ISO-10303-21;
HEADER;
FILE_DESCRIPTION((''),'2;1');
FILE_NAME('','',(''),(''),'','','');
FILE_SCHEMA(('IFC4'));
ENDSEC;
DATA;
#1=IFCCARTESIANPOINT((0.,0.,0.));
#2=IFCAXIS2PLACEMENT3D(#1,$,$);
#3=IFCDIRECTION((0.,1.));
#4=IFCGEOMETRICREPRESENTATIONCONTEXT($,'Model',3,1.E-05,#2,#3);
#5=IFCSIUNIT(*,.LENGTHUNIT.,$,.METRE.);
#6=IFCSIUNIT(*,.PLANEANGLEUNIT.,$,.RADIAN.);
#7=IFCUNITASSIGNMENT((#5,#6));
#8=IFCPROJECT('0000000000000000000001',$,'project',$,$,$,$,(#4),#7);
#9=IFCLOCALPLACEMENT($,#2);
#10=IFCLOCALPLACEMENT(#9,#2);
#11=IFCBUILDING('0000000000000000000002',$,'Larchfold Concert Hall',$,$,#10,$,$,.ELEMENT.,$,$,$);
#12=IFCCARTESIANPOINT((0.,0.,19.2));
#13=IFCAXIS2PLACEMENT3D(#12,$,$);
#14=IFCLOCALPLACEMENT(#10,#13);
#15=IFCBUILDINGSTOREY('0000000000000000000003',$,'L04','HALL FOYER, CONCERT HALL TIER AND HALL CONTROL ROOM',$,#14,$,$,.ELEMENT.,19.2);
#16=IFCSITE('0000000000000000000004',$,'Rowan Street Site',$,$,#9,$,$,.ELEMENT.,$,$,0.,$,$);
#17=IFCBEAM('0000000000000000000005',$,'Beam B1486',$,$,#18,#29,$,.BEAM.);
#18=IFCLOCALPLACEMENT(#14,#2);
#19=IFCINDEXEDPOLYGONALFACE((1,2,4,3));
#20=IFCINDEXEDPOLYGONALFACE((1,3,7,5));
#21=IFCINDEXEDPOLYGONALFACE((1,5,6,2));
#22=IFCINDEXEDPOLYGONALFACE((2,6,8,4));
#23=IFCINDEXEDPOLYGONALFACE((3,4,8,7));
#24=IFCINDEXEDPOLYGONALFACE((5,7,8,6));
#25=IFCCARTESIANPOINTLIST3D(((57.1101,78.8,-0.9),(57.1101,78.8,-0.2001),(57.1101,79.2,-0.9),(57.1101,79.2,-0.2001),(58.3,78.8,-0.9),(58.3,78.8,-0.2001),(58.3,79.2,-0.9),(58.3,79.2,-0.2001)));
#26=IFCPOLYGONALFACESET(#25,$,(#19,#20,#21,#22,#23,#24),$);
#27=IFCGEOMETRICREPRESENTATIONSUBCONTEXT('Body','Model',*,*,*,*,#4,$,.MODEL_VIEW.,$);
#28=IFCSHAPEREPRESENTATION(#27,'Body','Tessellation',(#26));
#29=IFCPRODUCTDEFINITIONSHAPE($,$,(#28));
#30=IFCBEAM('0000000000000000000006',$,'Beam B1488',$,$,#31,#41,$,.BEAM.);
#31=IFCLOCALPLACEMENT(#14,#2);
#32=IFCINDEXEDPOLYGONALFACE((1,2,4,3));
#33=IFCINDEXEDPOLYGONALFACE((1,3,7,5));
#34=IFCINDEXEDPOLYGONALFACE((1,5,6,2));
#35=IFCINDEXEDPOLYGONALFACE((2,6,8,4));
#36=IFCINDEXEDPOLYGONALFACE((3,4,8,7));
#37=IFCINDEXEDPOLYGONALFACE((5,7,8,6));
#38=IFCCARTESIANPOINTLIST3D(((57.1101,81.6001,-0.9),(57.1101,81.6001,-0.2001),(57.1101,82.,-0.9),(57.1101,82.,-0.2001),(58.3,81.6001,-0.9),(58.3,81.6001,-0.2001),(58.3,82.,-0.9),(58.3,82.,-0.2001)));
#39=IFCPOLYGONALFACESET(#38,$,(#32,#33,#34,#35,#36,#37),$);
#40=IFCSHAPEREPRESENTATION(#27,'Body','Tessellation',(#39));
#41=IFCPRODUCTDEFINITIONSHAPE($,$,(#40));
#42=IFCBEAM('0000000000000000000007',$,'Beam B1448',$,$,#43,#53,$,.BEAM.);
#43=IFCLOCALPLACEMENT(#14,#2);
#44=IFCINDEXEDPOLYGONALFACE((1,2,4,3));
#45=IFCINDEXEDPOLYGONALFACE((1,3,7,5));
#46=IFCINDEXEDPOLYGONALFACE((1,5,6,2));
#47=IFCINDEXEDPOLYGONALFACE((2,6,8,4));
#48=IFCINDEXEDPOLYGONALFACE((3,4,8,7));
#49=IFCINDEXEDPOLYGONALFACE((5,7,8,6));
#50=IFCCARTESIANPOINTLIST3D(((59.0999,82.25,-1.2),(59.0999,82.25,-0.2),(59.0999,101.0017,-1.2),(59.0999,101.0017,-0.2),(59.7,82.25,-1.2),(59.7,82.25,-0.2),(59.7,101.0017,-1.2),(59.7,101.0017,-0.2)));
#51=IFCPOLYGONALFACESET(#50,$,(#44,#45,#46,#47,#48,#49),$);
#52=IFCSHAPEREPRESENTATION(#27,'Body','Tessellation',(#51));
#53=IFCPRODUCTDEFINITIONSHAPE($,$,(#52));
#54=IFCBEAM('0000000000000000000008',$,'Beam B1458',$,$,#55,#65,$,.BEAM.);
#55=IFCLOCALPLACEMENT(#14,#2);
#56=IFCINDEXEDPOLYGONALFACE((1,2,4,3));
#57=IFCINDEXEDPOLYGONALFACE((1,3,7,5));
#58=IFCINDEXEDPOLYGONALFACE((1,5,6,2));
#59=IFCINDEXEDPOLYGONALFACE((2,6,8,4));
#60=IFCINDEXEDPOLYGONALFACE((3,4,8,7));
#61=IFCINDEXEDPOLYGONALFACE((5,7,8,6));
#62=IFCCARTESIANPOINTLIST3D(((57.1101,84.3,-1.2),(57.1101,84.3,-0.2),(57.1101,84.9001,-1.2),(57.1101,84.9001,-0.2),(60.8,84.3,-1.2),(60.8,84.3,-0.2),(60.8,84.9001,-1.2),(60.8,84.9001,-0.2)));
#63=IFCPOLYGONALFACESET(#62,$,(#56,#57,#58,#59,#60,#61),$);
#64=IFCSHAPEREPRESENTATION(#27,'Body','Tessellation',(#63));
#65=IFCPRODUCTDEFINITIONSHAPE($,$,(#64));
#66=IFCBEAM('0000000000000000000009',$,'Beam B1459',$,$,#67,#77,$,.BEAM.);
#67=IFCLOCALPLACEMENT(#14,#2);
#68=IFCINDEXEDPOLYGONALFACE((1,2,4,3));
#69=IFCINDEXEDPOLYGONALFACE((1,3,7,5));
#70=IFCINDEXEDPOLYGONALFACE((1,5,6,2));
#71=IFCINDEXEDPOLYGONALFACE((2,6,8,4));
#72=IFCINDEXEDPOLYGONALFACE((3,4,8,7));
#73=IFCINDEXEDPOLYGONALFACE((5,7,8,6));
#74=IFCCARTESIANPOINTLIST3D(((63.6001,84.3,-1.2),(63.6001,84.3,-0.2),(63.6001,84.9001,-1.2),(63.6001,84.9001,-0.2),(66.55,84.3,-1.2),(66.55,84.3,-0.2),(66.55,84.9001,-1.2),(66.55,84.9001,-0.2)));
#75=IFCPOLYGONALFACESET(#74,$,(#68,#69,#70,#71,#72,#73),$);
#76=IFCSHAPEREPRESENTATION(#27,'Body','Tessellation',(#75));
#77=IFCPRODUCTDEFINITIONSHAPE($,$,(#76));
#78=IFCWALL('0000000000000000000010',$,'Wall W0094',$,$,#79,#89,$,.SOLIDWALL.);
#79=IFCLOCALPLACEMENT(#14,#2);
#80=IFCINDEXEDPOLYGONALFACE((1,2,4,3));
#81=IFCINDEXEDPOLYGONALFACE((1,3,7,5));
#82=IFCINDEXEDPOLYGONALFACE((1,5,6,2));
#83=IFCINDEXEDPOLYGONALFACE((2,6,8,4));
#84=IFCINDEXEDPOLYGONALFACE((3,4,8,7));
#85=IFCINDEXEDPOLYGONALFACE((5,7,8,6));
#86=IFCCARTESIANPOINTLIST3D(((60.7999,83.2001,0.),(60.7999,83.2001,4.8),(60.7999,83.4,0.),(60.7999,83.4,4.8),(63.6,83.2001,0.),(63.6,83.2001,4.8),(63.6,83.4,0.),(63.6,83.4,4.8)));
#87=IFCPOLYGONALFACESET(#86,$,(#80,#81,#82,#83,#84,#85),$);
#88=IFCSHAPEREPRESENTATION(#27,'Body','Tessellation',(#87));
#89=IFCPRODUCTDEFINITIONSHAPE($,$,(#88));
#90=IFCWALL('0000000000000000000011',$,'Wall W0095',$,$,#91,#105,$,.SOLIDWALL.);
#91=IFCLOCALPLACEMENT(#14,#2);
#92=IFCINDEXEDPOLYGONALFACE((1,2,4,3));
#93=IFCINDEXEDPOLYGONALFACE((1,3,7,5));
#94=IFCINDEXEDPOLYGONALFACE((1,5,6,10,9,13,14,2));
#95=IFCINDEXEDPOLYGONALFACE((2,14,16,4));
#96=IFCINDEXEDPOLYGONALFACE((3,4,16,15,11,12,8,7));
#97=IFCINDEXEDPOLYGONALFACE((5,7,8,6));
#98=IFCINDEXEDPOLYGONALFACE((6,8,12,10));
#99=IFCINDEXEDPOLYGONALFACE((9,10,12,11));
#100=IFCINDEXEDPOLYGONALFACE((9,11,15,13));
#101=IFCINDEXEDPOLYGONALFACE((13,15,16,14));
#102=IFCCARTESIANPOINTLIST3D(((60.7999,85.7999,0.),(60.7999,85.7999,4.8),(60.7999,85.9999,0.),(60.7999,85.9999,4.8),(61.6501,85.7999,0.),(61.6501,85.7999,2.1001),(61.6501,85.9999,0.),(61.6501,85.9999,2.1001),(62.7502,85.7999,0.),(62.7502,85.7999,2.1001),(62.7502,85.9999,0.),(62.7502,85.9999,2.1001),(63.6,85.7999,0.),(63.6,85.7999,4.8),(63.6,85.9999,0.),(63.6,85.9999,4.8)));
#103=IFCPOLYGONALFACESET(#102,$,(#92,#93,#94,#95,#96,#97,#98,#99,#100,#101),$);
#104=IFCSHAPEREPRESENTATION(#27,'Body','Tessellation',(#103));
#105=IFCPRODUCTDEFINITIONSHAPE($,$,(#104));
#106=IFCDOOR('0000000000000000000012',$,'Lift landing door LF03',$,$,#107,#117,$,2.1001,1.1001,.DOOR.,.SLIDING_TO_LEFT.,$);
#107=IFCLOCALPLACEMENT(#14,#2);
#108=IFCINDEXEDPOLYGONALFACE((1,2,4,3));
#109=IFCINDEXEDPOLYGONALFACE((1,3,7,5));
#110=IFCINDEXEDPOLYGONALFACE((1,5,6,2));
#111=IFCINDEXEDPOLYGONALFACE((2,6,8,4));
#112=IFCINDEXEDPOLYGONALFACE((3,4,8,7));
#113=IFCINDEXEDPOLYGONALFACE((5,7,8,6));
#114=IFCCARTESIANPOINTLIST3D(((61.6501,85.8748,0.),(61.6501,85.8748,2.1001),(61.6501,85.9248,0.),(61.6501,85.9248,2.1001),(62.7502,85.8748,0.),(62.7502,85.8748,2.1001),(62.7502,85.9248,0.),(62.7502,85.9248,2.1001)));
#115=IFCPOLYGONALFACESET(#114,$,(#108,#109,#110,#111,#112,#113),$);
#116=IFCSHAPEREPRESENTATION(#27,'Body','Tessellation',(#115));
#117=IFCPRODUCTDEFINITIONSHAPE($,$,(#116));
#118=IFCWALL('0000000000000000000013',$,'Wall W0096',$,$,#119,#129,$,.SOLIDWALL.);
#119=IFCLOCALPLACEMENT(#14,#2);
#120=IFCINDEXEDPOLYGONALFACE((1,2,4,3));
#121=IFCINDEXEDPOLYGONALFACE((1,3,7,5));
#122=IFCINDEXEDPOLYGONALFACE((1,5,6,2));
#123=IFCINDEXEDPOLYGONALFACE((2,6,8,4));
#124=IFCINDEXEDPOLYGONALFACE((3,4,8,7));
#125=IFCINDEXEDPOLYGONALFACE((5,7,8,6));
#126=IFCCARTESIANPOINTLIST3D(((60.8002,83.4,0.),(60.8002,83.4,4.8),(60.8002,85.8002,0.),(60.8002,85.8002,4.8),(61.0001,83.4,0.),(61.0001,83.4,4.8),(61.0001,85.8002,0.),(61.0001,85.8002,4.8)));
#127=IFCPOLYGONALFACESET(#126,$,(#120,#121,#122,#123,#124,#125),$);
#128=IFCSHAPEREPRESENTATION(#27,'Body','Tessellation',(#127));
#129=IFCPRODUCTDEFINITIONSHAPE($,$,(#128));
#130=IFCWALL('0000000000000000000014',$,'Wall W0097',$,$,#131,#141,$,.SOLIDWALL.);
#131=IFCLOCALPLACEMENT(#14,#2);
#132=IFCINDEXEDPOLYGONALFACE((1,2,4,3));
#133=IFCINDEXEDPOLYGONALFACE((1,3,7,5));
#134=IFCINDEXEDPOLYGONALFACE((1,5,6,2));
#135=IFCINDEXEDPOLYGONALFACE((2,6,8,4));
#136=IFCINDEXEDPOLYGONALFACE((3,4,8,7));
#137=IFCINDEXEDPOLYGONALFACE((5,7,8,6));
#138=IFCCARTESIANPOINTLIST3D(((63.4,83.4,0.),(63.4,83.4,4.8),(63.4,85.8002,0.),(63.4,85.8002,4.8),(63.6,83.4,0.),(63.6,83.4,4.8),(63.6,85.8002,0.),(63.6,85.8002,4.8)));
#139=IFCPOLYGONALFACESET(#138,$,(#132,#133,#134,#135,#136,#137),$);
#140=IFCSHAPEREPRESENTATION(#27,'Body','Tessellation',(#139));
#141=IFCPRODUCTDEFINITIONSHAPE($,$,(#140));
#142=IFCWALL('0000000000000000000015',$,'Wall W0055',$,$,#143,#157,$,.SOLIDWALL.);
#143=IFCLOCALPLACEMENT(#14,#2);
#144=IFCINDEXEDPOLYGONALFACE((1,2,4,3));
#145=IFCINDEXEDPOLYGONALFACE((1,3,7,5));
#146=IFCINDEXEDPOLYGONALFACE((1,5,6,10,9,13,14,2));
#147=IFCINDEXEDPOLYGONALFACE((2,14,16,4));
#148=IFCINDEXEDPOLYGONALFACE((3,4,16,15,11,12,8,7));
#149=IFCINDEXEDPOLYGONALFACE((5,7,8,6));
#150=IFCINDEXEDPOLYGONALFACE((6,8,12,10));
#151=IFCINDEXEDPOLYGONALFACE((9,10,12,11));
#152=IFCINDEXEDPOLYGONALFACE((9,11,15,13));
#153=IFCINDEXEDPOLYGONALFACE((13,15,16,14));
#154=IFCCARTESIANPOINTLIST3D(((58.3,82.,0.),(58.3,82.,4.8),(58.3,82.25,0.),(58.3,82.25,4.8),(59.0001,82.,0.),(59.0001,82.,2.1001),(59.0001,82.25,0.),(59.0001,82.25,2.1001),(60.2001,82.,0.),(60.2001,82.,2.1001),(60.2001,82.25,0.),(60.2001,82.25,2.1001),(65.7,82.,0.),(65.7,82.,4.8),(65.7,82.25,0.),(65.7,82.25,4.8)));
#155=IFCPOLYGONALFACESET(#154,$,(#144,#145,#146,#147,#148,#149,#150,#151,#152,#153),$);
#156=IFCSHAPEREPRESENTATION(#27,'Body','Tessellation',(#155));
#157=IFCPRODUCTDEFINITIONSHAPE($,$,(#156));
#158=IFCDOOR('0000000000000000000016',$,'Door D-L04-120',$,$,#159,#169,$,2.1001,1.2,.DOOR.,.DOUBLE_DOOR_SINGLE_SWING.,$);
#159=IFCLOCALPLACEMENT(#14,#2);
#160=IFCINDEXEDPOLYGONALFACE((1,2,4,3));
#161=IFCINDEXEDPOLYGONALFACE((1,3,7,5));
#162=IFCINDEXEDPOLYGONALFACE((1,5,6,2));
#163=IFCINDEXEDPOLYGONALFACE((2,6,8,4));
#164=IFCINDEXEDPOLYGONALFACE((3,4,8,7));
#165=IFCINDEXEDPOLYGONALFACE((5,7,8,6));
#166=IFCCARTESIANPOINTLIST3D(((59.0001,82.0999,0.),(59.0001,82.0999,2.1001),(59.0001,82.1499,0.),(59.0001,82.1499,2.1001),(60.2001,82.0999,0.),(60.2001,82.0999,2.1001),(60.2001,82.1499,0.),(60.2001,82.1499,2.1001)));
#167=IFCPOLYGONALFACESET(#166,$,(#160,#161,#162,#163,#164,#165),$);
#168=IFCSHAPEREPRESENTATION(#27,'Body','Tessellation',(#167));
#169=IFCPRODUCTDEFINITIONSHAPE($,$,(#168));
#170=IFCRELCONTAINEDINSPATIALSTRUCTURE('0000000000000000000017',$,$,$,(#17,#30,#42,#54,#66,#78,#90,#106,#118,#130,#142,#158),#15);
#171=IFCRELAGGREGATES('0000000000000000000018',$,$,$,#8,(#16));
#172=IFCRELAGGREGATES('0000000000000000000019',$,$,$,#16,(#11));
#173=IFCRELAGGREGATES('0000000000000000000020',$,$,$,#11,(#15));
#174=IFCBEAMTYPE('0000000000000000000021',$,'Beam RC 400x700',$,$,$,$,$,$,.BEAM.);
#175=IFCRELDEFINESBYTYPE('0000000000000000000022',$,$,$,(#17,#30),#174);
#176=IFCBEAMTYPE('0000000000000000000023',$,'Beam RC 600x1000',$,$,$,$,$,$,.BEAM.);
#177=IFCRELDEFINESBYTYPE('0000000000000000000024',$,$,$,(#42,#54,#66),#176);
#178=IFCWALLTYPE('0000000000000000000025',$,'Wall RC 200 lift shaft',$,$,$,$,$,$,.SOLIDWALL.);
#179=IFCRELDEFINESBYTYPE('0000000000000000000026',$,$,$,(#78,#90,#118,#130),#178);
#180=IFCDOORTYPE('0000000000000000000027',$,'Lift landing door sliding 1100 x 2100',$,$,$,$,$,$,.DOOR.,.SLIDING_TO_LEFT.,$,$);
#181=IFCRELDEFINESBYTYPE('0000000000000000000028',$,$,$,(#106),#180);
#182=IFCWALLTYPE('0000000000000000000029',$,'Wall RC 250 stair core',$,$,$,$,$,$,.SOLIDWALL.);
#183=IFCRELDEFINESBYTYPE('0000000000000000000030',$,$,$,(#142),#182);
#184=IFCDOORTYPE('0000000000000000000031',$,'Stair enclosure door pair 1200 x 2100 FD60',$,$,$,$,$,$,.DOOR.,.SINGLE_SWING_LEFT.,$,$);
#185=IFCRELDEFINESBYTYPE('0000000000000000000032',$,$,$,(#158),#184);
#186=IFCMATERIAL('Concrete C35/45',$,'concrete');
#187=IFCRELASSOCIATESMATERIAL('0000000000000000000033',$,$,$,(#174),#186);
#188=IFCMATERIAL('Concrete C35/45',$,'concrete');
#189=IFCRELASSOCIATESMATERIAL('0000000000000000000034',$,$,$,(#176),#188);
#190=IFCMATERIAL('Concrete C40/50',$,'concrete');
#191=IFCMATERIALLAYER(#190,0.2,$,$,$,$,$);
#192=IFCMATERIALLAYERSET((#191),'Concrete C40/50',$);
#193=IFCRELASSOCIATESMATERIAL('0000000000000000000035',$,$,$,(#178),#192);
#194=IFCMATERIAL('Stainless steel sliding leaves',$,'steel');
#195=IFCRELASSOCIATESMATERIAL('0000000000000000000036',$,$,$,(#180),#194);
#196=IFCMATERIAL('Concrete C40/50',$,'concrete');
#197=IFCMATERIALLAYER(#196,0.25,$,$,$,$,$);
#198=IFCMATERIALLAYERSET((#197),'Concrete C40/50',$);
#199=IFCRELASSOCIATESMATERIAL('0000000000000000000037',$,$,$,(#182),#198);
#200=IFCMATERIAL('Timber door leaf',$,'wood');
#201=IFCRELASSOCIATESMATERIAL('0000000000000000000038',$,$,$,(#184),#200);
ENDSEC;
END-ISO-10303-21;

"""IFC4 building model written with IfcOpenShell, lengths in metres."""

from ifc_helpers import new_model, si_unit, direction, frame, frame_2d, origin, origin_2d, place, context, subcontext, project, spatial, rectangle, extrude, material, layer, layer_set, material_profile, profile_set, type_object, element, fill, save


model = new_model("IFC4")

# Units and contexts
model_context = context("Model", 3, precision=1e-05, world=origin(), true_north=direction((0.0, 1.0)))
body_context = subcontext(model_context, "Body", "Model", "MODEL_VIEW")
ifc_project = project(units=[si_unit("LENGTHUNIT", "METRE"), si_unit("PLANEANGLEUNIT", "RADIAN")], contexts=[model_context])

# Site, building, storey
site_placement = place(None, origin())
site = spatial("IfcSite", under=ifc_project, at=site_placement, Name="Rowan Street Site", CompositionType="ELEMENT", RefElevation=0.0)
building_placement = place(site_placement, origin())
building = spatial("IfcBuilding", under=site, at=building_placement, Name="Larchfold Concert Hall", CompositionType="ELEMENT")
storey_placement = place(building_placement, frame((0.0, 0.0, 19.2)))
storey = spatial("IfcBuildingStorey", under=building, at=storey_placement, Name="L04", Description="HALL FOYER, CONCERT HALL TIER AND HALL CONTROL ROOM", CompositionType="ELEMENT", Elevation=19.2)

# Beams
ifc_material_1 = material(Name="Concrete C35/45", Category="concrete")
ifc_material_profile_1 = material_profile(ifc_material_1, rectangle(XDim=0.3999, YDim=0.7, at=origin_2d()))
ifc_profile_set_1 = profile_set([ifc_material_profile_1], Name="Concrete C35/45")
beam_type_1 = type_object("IfcBeamType", Name="Beam RC 400x700", PredefinedType="BEAM", material=ifc_profile_set_1)
for number, where, z_axis, x_axis, name in (
    (1, (57.1101, 79.0, -0.55), (1.0, 0.0, 0.0), (0.0, 1.0, 0.0), "Beam B1486"),
    (2, (57.1101, 81.8, -0.55), (1.0, 0.0, 0.0), (0.0, 1.0, 0.0), "Beam B1488"),
):
    element("IfcBeam", number, at=place(storey_placement, frame(where, z_axis=z_axis, x_axis=x_axis)), inside=storey, type_object=beam_type_1, Name=name, PredefinedType="BEAM", context=body_context, shape_type="SweptSolid", body=[
        extrude(rectangle(XDim=0.3999, YDim=0.7, at=origin_2d()), origin(), (0.0, 0.0, 1.0), 1.1899),
    ])
ifc_material_2 = material(Name="Concrete C35/45", Category="concrete")
ifc_material_profile_2 = material_profile(ifc_material_2, rectangle(XDim=0.6001, YDim=1.0, at=origin_2d()))
ifc_profile_set_2 = profile_set([ifc_material_profile_2], Name="Concrete C35/45")
beam_type_2 = type_object("IfcBeamType", Name="Beam RC 600x1000", PredefinedType="BEAM", material=ifc_profile_set_2)
beam_1_placement = place(storey_placement, frame((59.3999, 82.25, -0.7), z_axis=(0.0, 1.0, 0.0), x_axis=(-1.0, 0.0, 0.0)))
element("IfcBeam", 3, at=beam_1_placement, inside=storey, type_object=beam_type_2, Name="Beam B1448", PredefinedType="BEAM", context=body_context, shape_type="SweptSolid", body=[
    extrude(rectangle(XDim=0.6001, YDim=1.0, at=origin_2d()), origin(), (0.0, 0.0, 1.0), 18.7517),
])
beam_2_placement = place(storey_placement, frame((57.1101, 84.6001, -0.7), z_axis=(1.0, 0.0, 0.0), x_axis=(0.0, 1.0, 0.0)))
element("IfcBeam", 4, at=beam_2_placement, inside=storey, type_object=beam_type_2, Name="Beam B1458", PredefinedType="BEAM", context=body_context, shape_type="SweptSolid", body=[
    extrude(rectangle(XDim=0.6001, YDim=1.0, at=origin_2d()), origin(), (0.0, 0.0, 1.0), 3.6899),
])
beam_3_placement = place(storey_placement, frame((63.6001, 84.6001, -0.7), z_axis=(1.0, 0.0, 0.0), x_axis=(0.0, 1.0, 0.0)))
element("IfcBeam", 5, at=beam_3_placement, inside=storey, type_object=beam_type_2, Name="Beam B1459", PredefinedType="BEAM", context=body_context, shape_type="SweptSolid", body=[
    extrude(rectangle(XDim=0.6001, YDim=1.0, at=origin_2d()), origin(), (0.0, 0.0, 1.0), 2.95),
])

# Wall
ifc_material_3 = material(Name="Concrete C40/50", Category="concrete")
ifc_layer_1 = layer(ifc_material_3, 0.2)
ifc_layer_set_1 = layer_set([ifc_layer_1], Name="Concrete C40/50")
wall_type_1 = type_object("IfcWallType", Name="Wall RC 200 lift shaft", PredefinedType="SOLIDWALL", material=ifc_layer_set_1)
wall_1_placement = place(storey_placement, frame((60.8, 83.3, 0.0), z_axis=(0.0, 0.0, 1.0), x_axis=(1.0, 0.0, 0.0)))
element("IfcWall", 6, at=wall_1_placement, inside=storey, type_object=wall_type_1, Name="Wall W0094", PredefinedType="SOLIDWALL", context=body_context, shape_type="SweptSolid", body=[
    extrude(rectangle(XDim=2.8, YDim=0.2, at=frame_2d((1.3999, 0.0))), origin(), (0.0, 0.0, 1.0), 4.8),
])

# Wall, opening, door
wall_2_placement = place(storey_placement, frame((60.8, 85.8999, 0.0), z_axis=(0.0, 0.0, 1.0), x_axis=(1.0, 0.0, 0.0)))
wall_2 = element("IfcWall", 7, at=wall_2_placement, inside=storey, type_object=wall_type_1, Name="Wall W0095", PredefinedType="SOLIDWALL", context=body_context, shape_type="SweptSolid", body=[
    extrude(rectangle(XDim=2.8, YDim=0.2, at=frame_2d((1.3999, 0.0))), origin(), (0.0, 0.0, 1.0), 4.8),
])
opening_1_placement = place(wall_2_placement, frame((0.8501, 0.0, 0.0)))
opening_1 = element("IfcOpeningElement", 8, at=opening_1_placement, cuts=wall_2, PredefinedType="OPENING", context=body_context, shape_type="SweptSolid", body=[
    extrude(rectangle(XDim=1.1001, YDim=2.1001, at=frame_2d((0.55, 1.05))), frame((0.0, 0.1099, 0.0), z_axis=(0.0, -1.0, 0.0), x_axis=(1.0, 0.0, 0.0)), (0.0, 0.0, 1.0), 0.22),
])
ifc_material_4 = material(Name="Stainless steel sliding leaves", Category="steel")
door_type_1 = type_object("IfcDoorType", Name="Lift landing door sliding 1100 x 2100", OperationType="SLIDING_TO_LEFT", PredefinedType="DOOR", material=ifc_material_4)
door_1_placement = place(opening_1_placement, origin())
door_1 = element("IfcDoor", 9, at=door_1_placement, inside=storey, type_object=door_type_1, Name="Lift landing door LF03", OperationType="SLIDING_TO_LEFT", OverallHeight=2.1001, OverallWidth=1.1001, PredefinedType="DOOR", context=body_context, shape_type="SweptSolid", body=[
    extrude(rectangle(XDim=1.1001, YDim=2.1001, at=frame_2d((0.55, 1.05))), frame((0.0, 0.0249, 0.0), z_axis=(0.0, -1.0, 0.0), x_axis=(1.0, 0.0, 0.0)), (0.0, 0.0, 1.0), 0.05),
])
fill(opening_1, door_1)

# Walls
for number, where, z_axis, x_axis, name in (
    (10, (60.9001, 83.3999, 0.0), (0.0, 0.0, 1.0), (0.0, 1.0, 0.0), "Wall W0096"),
    (11, (63.5, 83.3999, 0.0), (0.0, 0.0, 1.0), (0.0, 1.0, 0.0), "Wall W0097"),
):
    element("IfcWall", number, at=place(storey_placement, frame(where, z_axis=z_axis, x_axis=x_axis)), inside=storey, type_object=wall_type_1, Name=name, PredefinedType="SOLIDWALL", context=body_context, shape_type="SweptSolid", body=[
        extrude(rectangle(XDim=2.4001, YDim=0.2, at=frame_2d((1.2002, 0.0))), origin(), (0.0, 0.0, 1.0), 4.8),
    ])

# Wall, opening, door
ifc_material_5 = material(Name="Concrete C40/50", Category="concrete")
ifc_layer_2 = layer(ifc_material_5, 0.25)
ifc_layer_set_2 = layer_set([ifc_layer_2], Name="Concrete C40/50")
wall_type_2 = type_object("IfcWallType", Name="Wall RC 250 stair core", PredefinedType="SOLIDWALL", material=ifc_layer_set_2)
wall_3_placement = place(storey_placement, frame((58.3, 82.125, 0.0), z_axis=(0.0, 0.0, 1.0), x_axis=(1.0, 0.0, 0.0)))
wall_3 = element("IfcWall", 12, at=wall_3_placement, inside=storey, type_object=wall_type_2, Name="Wall W0055", PredefinedType="SOLIDWALL", context=body_context, shape_type="SweptSolid", body=[
    extrude(rectangle(XDim=7.3999, YDim=0.25, at=frame_2d((3.7, 0.0))), origin(), (0.0, 0.0, 1.0), 4.8),
])
opening_2_placement = place(wall_3_placement, frame((0.7, 0.0, 0.0)))
opening_2 = element("IfcOpeningElement", 13, at=opening_2_placement, cuts=wall_3, PredefinedType="OPENING", context=body_context, shape_type="SweptSolid", body=[
    extrude(rectangle(XDim=1.2, YDim=2.1001, at=frame_2d((0.6001, 1.05))), frame((0.0, 0.135, 0.0), z_axis=(0.0, -1.0, 0.0), x_axis=(1.0, 0.0, 0.0)), (0.0, 0.0, 1.0), 0.27),
])
ifc_material_6 = material(Name="Timber door leaf", Category="wood")
door_type_2 = type_object("IfcDoorType", Name="Stair enclosure door pair 1200 x 2100 FD60", OperationType="SINGLE_SWING_LEFT", PredefinedType="DOOR", material=ifc_material_6)
door_2_placement = place(opening_2_placement, origin())
door_2 = element("IfcDoor", 14, at=door_2_placement, inside=storey, type_object=door_type_2, Name="Door D-L04-120", OperationType="DOUBLE_DOOR_SINGLE_SWING", OverallHeight=2.1001, OverallWidth=1.2, PredefinedType="DOOR", context=body_context, shape_type="SweptSolid", body=[
    extrude(rectangle(XDim=1.2, YDim=2.1001, at=frame_2d((0.6001, 1.05))), frame((0.0, 0.0249, 0.0), z_axis=(0.0, -1.0, 0.0), x_axis=(1.0, 0.0, 0.0)), (0.0, 0.0, 1.0), 0.05),
])
fill(opening_2, door_2)

save(model, "model.ifc")
